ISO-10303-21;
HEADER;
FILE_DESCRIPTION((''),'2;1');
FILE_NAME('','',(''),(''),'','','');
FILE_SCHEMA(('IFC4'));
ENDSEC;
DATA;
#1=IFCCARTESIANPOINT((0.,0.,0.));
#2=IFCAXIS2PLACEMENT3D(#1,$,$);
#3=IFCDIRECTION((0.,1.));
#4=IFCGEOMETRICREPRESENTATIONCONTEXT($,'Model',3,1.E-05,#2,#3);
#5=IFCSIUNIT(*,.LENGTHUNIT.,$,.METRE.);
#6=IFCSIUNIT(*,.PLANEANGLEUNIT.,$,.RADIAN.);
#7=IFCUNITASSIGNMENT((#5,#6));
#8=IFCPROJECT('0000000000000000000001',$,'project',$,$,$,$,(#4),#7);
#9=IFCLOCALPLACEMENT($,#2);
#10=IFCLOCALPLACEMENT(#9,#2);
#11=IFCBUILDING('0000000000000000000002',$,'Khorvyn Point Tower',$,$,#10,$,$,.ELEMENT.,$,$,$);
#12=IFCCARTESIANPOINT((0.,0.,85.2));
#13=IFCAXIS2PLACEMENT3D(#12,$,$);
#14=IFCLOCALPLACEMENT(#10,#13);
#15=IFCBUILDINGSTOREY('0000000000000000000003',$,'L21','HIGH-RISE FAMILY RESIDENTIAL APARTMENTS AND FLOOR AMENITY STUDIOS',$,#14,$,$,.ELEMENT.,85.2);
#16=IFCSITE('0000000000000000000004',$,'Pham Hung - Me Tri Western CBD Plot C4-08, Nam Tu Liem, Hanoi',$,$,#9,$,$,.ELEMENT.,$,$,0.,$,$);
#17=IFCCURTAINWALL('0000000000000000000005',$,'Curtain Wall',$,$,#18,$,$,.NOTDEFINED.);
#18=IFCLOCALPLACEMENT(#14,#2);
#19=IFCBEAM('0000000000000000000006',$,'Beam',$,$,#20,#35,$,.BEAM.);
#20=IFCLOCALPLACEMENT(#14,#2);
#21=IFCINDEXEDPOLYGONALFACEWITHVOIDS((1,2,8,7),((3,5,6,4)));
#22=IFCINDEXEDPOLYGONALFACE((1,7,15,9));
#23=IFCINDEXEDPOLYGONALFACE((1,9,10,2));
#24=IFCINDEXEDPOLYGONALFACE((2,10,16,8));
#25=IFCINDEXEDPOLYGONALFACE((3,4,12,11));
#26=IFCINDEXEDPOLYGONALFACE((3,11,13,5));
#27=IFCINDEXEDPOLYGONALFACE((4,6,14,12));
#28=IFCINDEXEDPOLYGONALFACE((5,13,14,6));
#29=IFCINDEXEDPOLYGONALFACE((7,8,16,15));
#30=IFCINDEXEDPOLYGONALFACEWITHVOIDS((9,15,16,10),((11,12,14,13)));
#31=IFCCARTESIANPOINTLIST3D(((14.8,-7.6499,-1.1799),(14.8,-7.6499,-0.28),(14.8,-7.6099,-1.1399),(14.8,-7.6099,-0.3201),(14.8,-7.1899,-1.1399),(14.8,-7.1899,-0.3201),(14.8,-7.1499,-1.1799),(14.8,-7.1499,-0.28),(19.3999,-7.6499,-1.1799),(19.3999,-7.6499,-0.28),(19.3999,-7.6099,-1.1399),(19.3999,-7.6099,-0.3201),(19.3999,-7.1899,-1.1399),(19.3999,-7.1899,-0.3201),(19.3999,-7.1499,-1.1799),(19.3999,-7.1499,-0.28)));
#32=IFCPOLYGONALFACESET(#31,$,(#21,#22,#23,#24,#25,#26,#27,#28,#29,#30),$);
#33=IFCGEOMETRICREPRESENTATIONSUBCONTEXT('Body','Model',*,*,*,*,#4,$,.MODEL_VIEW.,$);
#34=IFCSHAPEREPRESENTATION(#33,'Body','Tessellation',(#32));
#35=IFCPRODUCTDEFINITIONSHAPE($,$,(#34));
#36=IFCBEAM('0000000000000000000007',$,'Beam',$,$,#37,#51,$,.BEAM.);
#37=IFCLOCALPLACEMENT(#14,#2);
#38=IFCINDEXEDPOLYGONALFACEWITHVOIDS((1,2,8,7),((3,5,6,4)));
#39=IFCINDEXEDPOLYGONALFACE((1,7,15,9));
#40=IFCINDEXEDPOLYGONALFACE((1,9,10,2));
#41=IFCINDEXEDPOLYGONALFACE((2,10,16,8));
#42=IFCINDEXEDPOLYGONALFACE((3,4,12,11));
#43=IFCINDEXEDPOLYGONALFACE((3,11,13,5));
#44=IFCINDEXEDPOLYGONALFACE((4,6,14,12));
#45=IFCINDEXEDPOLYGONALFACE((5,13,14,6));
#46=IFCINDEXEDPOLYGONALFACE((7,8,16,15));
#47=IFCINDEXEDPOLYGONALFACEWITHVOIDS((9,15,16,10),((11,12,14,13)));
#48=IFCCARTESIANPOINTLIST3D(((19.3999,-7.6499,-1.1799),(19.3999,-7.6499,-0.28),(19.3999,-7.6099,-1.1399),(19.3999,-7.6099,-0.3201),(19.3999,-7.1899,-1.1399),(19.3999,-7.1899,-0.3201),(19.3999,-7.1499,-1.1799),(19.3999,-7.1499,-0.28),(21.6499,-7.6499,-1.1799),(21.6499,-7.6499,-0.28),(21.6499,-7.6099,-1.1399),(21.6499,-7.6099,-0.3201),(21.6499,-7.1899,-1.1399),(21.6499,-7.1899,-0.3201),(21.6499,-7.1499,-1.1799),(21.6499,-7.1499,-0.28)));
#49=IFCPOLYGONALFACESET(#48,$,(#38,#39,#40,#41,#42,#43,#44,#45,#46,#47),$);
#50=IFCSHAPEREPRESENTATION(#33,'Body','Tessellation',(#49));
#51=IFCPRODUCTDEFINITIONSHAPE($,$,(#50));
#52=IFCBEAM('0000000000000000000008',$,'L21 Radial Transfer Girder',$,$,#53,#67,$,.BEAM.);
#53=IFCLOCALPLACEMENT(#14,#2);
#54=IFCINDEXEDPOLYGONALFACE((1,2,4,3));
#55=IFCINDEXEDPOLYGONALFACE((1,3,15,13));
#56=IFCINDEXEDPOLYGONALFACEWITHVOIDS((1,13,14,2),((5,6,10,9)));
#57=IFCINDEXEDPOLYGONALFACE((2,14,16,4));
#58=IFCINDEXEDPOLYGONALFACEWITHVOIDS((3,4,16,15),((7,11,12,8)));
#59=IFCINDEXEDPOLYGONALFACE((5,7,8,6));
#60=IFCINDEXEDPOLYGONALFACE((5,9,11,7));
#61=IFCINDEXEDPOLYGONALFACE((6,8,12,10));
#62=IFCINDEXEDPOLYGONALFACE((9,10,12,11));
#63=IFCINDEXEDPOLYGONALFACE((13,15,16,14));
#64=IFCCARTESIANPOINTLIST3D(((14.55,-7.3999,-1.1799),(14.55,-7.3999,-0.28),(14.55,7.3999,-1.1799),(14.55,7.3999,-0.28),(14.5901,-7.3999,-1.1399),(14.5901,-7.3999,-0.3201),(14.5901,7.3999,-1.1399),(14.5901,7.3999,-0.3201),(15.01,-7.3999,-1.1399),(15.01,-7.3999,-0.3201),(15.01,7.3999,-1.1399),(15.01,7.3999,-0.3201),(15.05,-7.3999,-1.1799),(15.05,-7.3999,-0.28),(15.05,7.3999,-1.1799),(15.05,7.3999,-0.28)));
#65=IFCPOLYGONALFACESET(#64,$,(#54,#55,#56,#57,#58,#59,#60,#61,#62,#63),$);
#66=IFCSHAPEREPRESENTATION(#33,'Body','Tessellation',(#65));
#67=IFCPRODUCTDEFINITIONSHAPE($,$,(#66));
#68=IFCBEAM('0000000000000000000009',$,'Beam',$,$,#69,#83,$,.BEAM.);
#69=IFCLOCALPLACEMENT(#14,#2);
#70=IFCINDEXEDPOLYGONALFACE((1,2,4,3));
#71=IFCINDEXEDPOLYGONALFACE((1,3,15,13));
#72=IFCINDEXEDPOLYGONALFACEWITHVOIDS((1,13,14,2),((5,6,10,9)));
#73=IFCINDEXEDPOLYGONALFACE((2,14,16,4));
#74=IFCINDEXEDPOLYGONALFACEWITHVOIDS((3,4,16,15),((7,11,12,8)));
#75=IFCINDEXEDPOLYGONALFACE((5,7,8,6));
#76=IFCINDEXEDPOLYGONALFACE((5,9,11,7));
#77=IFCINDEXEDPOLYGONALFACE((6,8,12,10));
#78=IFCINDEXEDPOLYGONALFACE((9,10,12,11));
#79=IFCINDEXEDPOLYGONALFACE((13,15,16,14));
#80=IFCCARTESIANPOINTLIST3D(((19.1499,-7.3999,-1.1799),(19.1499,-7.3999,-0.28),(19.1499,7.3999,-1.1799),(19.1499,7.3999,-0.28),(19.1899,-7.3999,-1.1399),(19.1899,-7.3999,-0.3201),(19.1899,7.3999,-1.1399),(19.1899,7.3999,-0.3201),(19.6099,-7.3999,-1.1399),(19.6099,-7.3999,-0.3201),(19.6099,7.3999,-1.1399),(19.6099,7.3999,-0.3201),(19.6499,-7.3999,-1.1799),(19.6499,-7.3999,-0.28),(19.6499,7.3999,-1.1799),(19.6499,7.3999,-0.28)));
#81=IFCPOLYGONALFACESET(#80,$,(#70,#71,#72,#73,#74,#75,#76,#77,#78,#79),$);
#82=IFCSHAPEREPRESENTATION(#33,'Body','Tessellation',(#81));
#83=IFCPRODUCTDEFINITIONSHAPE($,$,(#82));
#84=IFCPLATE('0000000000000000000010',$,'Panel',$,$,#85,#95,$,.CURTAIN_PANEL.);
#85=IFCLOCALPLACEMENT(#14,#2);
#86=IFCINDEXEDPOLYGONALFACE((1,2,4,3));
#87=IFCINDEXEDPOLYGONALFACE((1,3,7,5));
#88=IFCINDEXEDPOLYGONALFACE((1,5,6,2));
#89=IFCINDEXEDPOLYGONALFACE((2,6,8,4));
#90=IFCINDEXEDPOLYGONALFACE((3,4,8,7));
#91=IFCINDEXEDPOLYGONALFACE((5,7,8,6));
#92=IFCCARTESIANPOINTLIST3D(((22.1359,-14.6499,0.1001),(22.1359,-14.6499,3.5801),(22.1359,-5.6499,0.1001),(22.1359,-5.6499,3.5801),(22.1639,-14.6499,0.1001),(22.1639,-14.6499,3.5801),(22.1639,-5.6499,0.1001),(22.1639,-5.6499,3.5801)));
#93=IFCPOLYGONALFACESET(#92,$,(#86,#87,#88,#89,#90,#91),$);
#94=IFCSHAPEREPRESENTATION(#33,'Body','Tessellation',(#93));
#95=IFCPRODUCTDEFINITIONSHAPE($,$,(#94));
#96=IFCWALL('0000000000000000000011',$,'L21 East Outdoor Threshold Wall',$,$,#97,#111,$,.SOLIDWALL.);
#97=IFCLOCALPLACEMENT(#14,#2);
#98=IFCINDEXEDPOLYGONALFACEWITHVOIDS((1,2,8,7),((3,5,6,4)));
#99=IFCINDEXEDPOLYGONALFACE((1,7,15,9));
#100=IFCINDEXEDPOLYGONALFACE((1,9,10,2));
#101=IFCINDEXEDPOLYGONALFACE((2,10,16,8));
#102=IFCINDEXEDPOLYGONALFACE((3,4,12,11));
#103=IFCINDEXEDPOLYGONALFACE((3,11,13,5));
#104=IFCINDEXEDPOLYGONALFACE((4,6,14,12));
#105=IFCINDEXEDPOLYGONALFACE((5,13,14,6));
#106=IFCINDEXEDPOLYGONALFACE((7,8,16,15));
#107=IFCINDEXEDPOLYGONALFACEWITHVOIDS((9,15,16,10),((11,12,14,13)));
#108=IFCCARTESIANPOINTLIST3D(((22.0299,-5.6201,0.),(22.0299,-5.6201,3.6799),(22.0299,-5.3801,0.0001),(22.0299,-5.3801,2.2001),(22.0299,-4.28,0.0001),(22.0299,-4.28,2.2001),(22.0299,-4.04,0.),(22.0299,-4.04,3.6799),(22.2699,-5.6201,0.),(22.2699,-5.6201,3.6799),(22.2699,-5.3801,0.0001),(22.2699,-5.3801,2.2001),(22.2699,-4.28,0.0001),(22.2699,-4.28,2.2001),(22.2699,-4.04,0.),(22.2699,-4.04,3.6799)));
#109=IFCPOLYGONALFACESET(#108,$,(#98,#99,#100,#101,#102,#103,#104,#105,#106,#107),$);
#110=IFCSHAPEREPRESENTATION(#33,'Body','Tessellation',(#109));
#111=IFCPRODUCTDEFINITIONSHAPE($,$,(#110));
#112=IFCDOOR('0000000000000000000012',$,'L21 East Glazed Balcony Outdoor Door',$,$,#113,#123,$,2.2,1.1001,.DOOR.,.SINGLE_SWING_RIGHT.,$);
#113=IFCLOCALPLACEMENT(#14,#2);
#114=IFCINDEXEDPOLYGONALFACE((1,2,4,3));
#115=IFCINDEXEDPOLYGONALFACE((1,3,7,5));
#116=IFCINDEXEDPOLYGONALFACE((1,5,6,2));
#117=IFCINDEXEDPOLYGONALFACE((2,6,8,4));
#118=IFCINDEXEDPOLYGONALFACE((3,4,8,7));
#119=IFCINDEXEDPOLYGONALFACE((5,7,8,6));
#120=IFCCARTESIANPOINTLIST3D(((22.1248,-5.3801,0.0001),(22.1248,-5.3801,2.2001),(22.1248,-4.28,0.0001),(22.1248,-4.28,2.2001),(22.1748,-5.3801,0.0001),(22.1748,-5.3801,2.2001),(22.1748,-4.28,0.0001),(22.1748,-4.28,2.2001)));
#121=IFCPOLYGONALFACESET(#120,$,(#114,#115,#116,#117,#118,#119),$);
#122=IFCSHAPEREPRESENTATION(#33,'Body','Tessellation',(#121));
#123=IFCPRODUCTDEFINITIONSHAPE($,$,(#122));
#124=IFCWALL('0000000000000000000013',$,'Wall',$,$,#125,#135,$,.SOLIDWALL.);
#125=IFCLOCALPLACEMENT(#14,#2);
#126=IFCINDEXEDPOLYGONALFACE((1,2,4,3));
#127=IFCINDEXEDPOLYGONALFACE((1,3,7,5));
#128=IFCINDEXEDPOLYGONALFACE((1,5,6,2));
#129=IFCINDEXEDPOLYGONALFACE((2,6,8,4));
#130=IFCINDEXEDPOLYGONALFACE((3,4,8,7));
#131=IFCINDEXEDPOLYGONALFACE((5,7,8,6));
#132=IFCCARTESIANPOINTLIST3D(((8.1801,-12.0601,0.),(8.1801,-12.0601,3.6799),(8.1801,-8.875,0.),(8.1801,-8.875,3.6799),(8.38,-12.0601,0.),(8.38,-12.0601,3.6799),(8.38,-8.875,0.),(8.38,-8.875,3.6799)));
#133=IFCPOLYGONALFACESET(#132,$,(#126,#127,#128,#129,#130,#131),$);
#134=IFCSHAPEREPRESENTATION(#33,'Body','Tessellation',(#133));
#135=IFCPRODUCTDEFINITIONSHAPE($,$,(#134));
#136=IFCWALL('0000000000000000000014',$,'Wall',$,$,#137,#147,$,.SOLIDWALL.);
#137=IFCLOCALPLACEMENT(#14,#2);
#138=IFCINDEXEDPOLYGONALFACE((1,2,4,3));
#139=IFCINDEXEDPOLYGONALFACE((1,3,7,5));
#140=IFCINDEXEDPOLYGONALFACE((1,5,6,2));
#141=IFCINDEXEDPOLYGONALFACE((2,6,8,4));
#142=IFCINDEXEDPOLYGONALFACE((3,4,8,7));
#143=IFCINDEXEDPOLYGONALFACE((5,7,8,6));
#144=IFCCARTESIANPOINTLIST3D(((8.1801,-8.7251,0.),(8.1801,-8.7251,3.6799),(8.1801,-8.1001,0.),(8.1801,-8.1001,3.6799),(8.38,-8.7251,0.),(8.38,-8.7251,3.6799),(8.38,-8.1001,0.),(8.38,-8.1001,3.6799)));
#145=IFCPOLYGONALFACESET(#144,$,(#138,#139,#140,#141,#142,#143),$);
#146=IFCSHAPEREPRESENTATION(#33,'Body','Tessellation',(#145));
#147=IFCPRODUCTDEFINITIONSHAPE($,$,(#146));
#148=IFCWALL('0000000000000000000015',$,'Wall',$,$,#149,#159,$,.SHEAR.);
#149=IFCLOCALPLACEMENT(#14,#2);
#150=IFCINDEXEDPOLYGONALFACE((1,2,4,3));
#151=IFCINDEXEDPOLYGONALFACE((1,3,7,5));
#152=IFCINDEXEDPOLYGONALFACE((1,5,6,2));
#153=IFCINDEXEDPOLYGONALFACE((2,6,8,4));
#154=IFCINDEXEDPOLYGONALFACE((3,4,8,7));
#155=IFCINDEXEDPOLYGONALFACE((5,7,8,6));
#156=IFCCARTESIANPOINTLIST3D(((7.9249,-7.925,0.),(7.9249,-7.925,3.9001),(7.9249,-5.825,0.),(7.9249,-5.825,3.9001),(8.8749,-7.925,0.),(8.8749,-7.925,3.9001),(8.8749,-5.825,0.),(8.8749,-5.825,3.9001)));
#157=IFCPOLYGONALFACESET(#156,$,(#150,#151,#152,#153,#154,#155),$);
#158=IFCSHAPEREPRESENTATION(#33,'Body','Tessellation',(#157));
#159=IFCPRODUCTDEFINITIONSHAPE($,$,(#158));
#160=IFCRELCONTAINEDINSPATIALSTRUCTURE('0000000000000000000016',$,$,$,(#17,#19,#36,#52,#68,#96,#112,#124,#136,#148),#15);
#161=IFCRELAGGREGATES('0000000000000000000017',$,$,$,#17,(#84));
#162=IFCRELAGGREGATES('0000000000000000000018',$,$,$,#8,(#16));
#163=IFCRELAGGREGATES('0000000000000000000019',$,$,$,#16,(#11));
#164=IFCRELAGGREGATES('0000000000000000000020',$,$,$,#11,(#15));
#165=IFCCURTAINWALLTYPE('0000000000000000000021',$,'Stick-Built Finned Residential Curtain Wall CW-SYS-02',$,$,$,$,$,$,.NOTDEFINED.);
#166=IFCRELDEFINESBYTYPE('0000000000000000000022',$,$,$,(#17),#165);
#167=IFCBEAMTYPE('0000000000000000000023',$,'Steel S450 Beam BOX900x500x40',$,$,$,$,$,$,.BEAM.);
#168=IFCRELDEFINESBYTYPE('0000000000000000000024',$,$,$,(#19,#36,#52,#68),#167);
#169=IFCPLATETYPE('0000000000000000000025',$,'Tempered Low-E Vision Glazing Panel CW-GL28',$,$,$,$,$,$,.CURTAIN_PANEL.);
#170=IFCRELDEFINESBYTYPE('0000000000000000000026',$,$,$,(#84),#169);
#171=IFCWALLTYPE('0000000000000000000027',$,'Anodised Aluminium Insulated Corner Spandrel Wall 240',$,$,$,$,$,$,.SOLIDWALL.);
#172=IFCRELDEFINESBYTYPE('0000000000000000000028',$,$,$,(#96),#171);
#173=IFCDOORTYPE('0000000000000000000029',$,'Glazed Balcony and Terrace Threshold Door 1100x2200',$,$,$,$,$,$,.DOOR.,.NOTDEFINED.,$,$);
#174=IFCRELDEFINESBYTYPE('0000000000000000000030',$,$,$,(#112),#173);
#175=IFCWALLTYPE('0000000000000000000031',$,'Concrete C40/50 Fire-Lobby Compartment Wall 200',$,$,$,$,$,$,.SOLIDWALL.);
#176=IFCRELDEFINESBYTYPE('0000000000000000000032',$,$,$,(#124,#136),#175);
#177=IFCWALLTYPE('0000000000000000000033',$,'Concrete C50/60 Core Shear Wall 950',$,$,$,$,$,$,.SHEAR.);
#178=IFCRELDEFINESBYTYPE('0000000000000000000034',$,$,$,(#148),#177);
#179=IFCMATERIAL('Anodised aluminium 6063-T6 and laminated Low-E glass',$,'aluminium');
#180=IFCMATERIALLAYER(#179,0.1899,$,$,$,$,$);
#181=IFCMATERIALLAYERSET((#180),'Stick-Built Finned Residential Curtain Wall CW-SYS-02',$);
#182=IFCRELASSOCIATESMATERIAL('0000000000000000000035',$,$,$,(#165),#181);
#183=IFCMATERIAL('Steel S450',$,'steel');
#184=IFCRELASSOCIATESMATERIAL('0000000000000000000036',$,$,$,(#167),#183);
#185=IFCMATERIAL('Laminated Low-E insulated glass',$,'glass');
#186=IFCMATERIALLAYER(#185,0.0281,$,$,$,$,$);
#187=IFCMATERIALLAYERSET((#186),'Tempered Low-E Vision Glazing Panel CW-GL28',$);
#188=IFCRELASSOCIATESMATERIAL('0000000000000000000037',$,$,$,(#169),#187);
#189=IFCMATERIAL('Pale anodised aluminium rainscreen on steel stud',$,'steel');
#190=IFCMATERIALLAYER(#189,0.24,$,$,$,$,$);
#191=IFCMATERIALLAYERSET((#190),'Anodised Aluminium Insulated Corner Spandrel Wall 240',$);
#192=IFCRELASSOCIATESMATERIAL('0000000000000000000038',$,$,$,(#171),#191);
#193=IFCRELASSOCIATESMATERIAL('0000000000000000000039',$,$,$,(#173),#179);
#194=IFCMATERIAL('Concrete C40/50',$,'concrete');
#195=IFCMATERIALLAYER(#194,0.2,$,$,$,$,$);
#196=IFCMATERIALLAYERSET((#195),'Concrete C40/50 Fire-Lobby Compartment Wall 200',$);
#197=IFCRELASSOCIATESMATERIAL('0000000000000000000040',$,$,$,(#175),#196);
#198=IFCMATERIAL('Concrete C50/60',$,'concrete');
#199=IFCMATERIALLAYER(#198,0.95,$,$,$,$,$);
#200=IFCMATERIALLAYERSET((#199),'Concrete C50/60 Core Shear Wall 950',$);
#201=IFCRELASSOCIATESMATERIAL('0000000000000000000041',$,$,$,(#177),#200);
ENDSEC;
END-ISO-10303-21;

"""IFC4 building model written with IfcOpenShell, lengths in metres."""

from ifc_helpers import new_model, si_unit, direction, frame, frame_2d, origin, origin_2d, place, context, subcontext, project, spatial, rectangle, hollow_rectangle, extrude, material, layer, layer_set, material_profile, profile_set, type_object, element, fill, aggregate, save


model = new_model("IFC4")

# Units and contexts
model_context = context("Model", 3, precision=1e-05, world=origin(), true_north=direction((0.0, 1.0)))
body_context = subcontext(model_context, "Body", "Model", "MODEL_VIEW")
ifc_project = project(units=[si_unit("LENGTHUNIT", "METRE"), si_unit("PLANEANGLEUNIT", "RADIAN")], contexts=[model_context])

# Site, building, storey
site_placement = place(None, origin())
site = spatial("IfcSite", under=ifc_project, at=site_placement, Name="Pham Hung - Me Tri Western CBD Plot C4-08, Nam Tu Liem, Hanoi", CompositionType="ELEMENT", RefElevation=0.0)
building_placement = place(site_placement, origin())
building = spatial("IfcBuilding", under=site, at=building_placement, Name="Khorvyn Point Tower", CompositionType="ELEMENT")
storey_placement = place(building_placement, frame((0.0, 0.0, 85.2)))
storey = spatial("IfcBuildingStorey", under=building, at=storey_placement, Name="L21", Description="HIGH-RISE FAMILY RESIDENTIAL APARTMENTS AND FLOOR AMENITY STUDIOS", CompositionType="ELEMENT", Elevation=85.2)

# Shared definitions
ifc_material_1 = material(Name="Concrete C50/60", Category="concrete")
ifc_material_2 = material(Name="Steel S450", Category="steel")

# Shared definitions
ifc_material_3 = material(Name="Anodised aluminium 6063-T6 and laminated Low-E glass", Category="aluminium")
ifc_layer_1 = layer(ifc_material_3, 0.1899)
ifc_layer_set_1 = layer_set([ifc_layer_1], Name="Stick-Built Finned Residential Curtain Wall CW-SYS-02")
curtain_wall_type = type_object("IfcCurtainWallType", Name="Stick-Built Finned Residential Curtain Wall CW-SYS-02", PredefinedType="NOTDEFINED", material=ifc_layer_set_1)

# Curtain wall
curtain_wall_1_placement = place(storey_placement, origin())
curtain_wall_1 = element("IfcCurtainWall", 1, at=curtain_wall_1_placement, inside=storey, type_object=curtain_wall_type, Name="Curtain Wall", PredefinedType="NOTDEFINED")

# Beams
ifc_material_profile_1 = material_profile(ifc_material_2, hollow_rectangle(XDim=0.5, YDim=0.8999, WallThickness=0.04, at=origin_2d()))
ifc_profile_set_1 = profile_set([ifc_material_profile_1], Name="Steel S450 BOX900x500x40")
beam_type_1 = type_object("IfcBeamType", Name="Steel S450 Beam BOX900x500x40", PredefinedType="BEAM", material=ifc_profile_set_1)
beam_1_placement = place(storey_placement, frame((14.8, -7.3999, -0.73), z_axis=(1.0, 0.0, 0.0), x_axis=(0.0, 1.0, 0.0)))
element("IfcBeam", 2, at=beam_1_placement, inside=storey, type_object=beam_type_1, Name="Beam", PredefinedType="BEAM", context=body_context, shape_type="SweptSolid", body=[
    extrude(hollow_rectangle(XDim=0.5, YDim=0.8999, WallThickness=0.04, at=origin_2d()), origin(), (0.0, 0.0, 1.0), 4.5999),
])
beam_2_placement = place(storey_placement, frame((19.3999, -7.3999, -0.73), z_axis=(1.0, 0.0, 0.0), x_axis=(0.0, 1.0, 0.0)))
element("IfcBeam", 3, at=beam_2_placement, inside=storey, type_object=beam_type_1, Name="Beam", PredefinedType="BEAM", context=body_context, shape_type="SweptSolid", body=[
    extrude(hollow_rectangle(XDim=0.5, YDim=0.8999, WallThickness=0.04, at=origin_2d()), origin(), (0.0, 0.0, 1.0), 2.25),
])
for number, where, z_axis, x_axis, name in (
    (4, (14.8, -7.3999, -0.73), (0.0, 1.0, 0.0), (-1.0, 0.0, 0.0), "L21 Radial Transfer Girder"),
    (5, (19.3999, -7.3999, -0.73), (0.0, 1.0, 0.0), (-1.0, 0.0, 0.0), "Beam"),
):
    element("IfcBeam", number, at=place(storey_placement, frame(where, z_axis=z_axis, x_axis=x_axis)), inside=storey, type_object=beam_type_1, Name=name, PredefinedType="BEAM", context=body_context, shape_type="SweptSolid", body=[
        extrude(hollow_rectangle(XDim=0.5, YDim=0.8999, WallThickness=0.04, at=origin_2d()), origin(), (0.0, 0.0, 1.0), 14.7998),
    ])

# Plate
ifc_material_4 = material(Name="Laminated Low-E insulated glass", Category="glass")
ifc_layer_2 = layer(ifc_material_4, 0.0281)
ifc_layer_set_2 = layer_set([ifc_layer_2], Name="Tempered Low-E Vision Glazing Panel CW-GL28")
plate_type = type_object("IfcPlateType", Name="Tempered Low-E Vision Glazing Panel CW-GL28", PredefinedType="CURTAIN_PANEL", material=ifc_layer_set_2)
plate_placement = place(storey_placement, frame((22.1499, -10.1499, 0.1001), z_axis=(0.0, 0.0, 1.0), x_axis=(0.0, -1.0, 0.0)))
plate = element("IfcPlate", 6, at=plate_placement, type_object=plate_type, Name="Panel", PredefinedType="CURTAIN_PANEL", context=body_context, shape_type="SweptSolid", body=[
    extrude(rectangle(XDim=9.0, YDim=0.0281, at=origin_2d()), origin(), (0.0, 0.0, 1.0), 3.48),
])
aggregate(curtain_wall_1, [plate])

# Wall, opening, door
ifc_material_5 = material(Name="Pale anodised aluminium rainscreen on steel stud", Category="steel")
ifc_layer_3 = layer(ifc_material_5, 0.24)
ifc_layer_set_3 = layer_set([ifc_layer_3], Name="Anodised Aluminium Insulated Corner Spandrel Wall 240")
wall_type_1 = type_object("IfcWallType", Name="Anodised Aluminium Insulated Corner Spandrel Wall 240", PredefinedType="SOLIDWALL", material=ifc_layer_set_3)
wall_1_placement = place(storey_placement, frame((22.1499, -4.04, 0.0), z_axis=(0.0, 0.0, 1.0), x_axis=(0.0, -1.0, 0.0)))
wall_1 = element("IfcWall", 7, at=wall_1_placement, inside=storey, type_object=wall_type_1, Name="L21 East Outdoor Threshold Wall", PredefinedType="SOLIDWALL", context=body_context, shape_type="SweptSolid", body=[
    extrude(rectangle(XDim=1.5801, YDim=0.24, at=frame_2d((0.79, 0.0))), origin(), (0.0, 0.0, 1.0), 3.6799),
])
opening_1_placement = place(wall_1_placement, frame((0.24, 0.0, 0.0)))
opening_1 = element("IfcOpeningElement", 8, at=opening_1_placement, cuts=wall_1, PredefinedType="OPENING", context=body_context, shape_type="SweptSolid", body=[
    extrude(rectangle(XDim=1.1001, YDim=2.2, at=frame_2d((0.55, 1.1001))), frame((0.0, 0.1299, 0.0), z_axis=(0.0, -1.0, 0.0), x_axis=(1.0, 0.0, 0.0)), (0.0, 0.0, 1.0), 0.26),
])
door_type_1 = type_object("IfcDoorType", Name="Glazed Balcony and Terrace Threshold Door 1100x2200", OperationType="NOTDEFINED", PredefinedType="DOOR", material=ifc_material_3)
door_1_placement = place(opening_1_placement, origin())
door_1 = element("IfcDoor", 9, at=door_1_placement, inside=storey, type_object=door_type_1, Name="L21 East Glazed Balcony Outdoor Door", OperationType="SINGLE_SWING_RIGHT", OverallHeight=2.2, OverallWidth=1.1001, PredefinedType="DOOR", context=body_context, shape_type="SweptSolid", body=[
    extrude(rectangle(XDim=1.1001, YDim=2.2, at=frame_2d((0.55, 1.1001))), frame((0.0, 0.0249, 0.0), z_axis=(0.0, -1.0, 0.0), x_axis=(1.0, 0.0, 0.0)), (0.0, 0.0, 1.0), 0.05),
])
fill(opening_1, door_1)

# Walls
ifc_material_6 = material(Name="Concrete C40/50", Category="concrete")
ifc_layer_4 = layer(ifc_material_6, 0.2)
ifc_layer_set_4 = layer_set([ifc_layer_4], Name="Concrete C40/50 Fire-Lobby Compartment Wall 200")
wall_type_2 = type_object("IfcWallType", Name="Concrete C40/50 Fire-Lobby Compartment Wall 200", PredefinedType="SOLIDWALL", material=ifc_layer_set_4)
wall_2_placement = place(storey_placement, frame((8.28, -12.0601, 0.0), z_axis=(0.0, 0.0, 1.0), x_axis=(0.0, 1.0, 0.0)))
element("IfcWall", 10, at=wall_2_placement, inside=storey, type_object=wall_type_2, Name="Wall", PredefinedType="SOLIDWALL", context=body_context, shape_type="SweptSolid", body=[
    extrude(rectangle(XDim=3.1851, YDim=0.2, at=frame_2d((1.5925, 0.0))), origin(), (0.0, 0.0, 1.0), 3.6799),
])
wall_3_placement = place(storey_placement, frame((8.28, -8.7251, 0.0), z_axis=(0.0, 0.0, 1.0), x_axis=(0.0, 1.0, 0.0)))
element("IfcWall", 11, at=wall_3_placement, inside=storey, type_object=wall_type_2, Name="Wall", PredefinedType="SOLIDWALL", context=body_context, shape_type="SweptSolid", body=[
    extrude(rectangle(XDim=0.625, YDim=0.2, at=frame_2d((0.3125, 0.0))), origin(), (0.0, 0.0, 1.0), 3.6799),
])
ifc_layer_5 = layer(ifc_material_1, 0.95)
ifc_layer_set_5 = layer_set([ifc_layer_5], Name="Concrete C50/60 Core Shear Wall 950")
wall_type_3 = type_object("IfcWallType", Name="Concrete C50/60 Core Shear Wall 950", PredefinedType="SHEAR", material=ifc_layer_set_5)
wall_4_placement = place(storey_placement, frame((8.3999, -7.925, 0.0), z_axis=(0.0, 0.0, 1.0), x_axis=(0.0, 1.0, 0.0)))
element("IfcWall", 12, at=wall_4_placement, inside=storey, type_object=wall_type_3, Name="Wall", PredefinedType="SHEAR", context=body_context, shape_type="SweptSolid", body=[
    extrude(rectangle(XDim=2.1001, YDim=0.95, at=frame_2d((1.05, 0.0))), origin(), (0.0, 0.0, 1.0), 3.9001),
])

save(model, "model.ifc")
